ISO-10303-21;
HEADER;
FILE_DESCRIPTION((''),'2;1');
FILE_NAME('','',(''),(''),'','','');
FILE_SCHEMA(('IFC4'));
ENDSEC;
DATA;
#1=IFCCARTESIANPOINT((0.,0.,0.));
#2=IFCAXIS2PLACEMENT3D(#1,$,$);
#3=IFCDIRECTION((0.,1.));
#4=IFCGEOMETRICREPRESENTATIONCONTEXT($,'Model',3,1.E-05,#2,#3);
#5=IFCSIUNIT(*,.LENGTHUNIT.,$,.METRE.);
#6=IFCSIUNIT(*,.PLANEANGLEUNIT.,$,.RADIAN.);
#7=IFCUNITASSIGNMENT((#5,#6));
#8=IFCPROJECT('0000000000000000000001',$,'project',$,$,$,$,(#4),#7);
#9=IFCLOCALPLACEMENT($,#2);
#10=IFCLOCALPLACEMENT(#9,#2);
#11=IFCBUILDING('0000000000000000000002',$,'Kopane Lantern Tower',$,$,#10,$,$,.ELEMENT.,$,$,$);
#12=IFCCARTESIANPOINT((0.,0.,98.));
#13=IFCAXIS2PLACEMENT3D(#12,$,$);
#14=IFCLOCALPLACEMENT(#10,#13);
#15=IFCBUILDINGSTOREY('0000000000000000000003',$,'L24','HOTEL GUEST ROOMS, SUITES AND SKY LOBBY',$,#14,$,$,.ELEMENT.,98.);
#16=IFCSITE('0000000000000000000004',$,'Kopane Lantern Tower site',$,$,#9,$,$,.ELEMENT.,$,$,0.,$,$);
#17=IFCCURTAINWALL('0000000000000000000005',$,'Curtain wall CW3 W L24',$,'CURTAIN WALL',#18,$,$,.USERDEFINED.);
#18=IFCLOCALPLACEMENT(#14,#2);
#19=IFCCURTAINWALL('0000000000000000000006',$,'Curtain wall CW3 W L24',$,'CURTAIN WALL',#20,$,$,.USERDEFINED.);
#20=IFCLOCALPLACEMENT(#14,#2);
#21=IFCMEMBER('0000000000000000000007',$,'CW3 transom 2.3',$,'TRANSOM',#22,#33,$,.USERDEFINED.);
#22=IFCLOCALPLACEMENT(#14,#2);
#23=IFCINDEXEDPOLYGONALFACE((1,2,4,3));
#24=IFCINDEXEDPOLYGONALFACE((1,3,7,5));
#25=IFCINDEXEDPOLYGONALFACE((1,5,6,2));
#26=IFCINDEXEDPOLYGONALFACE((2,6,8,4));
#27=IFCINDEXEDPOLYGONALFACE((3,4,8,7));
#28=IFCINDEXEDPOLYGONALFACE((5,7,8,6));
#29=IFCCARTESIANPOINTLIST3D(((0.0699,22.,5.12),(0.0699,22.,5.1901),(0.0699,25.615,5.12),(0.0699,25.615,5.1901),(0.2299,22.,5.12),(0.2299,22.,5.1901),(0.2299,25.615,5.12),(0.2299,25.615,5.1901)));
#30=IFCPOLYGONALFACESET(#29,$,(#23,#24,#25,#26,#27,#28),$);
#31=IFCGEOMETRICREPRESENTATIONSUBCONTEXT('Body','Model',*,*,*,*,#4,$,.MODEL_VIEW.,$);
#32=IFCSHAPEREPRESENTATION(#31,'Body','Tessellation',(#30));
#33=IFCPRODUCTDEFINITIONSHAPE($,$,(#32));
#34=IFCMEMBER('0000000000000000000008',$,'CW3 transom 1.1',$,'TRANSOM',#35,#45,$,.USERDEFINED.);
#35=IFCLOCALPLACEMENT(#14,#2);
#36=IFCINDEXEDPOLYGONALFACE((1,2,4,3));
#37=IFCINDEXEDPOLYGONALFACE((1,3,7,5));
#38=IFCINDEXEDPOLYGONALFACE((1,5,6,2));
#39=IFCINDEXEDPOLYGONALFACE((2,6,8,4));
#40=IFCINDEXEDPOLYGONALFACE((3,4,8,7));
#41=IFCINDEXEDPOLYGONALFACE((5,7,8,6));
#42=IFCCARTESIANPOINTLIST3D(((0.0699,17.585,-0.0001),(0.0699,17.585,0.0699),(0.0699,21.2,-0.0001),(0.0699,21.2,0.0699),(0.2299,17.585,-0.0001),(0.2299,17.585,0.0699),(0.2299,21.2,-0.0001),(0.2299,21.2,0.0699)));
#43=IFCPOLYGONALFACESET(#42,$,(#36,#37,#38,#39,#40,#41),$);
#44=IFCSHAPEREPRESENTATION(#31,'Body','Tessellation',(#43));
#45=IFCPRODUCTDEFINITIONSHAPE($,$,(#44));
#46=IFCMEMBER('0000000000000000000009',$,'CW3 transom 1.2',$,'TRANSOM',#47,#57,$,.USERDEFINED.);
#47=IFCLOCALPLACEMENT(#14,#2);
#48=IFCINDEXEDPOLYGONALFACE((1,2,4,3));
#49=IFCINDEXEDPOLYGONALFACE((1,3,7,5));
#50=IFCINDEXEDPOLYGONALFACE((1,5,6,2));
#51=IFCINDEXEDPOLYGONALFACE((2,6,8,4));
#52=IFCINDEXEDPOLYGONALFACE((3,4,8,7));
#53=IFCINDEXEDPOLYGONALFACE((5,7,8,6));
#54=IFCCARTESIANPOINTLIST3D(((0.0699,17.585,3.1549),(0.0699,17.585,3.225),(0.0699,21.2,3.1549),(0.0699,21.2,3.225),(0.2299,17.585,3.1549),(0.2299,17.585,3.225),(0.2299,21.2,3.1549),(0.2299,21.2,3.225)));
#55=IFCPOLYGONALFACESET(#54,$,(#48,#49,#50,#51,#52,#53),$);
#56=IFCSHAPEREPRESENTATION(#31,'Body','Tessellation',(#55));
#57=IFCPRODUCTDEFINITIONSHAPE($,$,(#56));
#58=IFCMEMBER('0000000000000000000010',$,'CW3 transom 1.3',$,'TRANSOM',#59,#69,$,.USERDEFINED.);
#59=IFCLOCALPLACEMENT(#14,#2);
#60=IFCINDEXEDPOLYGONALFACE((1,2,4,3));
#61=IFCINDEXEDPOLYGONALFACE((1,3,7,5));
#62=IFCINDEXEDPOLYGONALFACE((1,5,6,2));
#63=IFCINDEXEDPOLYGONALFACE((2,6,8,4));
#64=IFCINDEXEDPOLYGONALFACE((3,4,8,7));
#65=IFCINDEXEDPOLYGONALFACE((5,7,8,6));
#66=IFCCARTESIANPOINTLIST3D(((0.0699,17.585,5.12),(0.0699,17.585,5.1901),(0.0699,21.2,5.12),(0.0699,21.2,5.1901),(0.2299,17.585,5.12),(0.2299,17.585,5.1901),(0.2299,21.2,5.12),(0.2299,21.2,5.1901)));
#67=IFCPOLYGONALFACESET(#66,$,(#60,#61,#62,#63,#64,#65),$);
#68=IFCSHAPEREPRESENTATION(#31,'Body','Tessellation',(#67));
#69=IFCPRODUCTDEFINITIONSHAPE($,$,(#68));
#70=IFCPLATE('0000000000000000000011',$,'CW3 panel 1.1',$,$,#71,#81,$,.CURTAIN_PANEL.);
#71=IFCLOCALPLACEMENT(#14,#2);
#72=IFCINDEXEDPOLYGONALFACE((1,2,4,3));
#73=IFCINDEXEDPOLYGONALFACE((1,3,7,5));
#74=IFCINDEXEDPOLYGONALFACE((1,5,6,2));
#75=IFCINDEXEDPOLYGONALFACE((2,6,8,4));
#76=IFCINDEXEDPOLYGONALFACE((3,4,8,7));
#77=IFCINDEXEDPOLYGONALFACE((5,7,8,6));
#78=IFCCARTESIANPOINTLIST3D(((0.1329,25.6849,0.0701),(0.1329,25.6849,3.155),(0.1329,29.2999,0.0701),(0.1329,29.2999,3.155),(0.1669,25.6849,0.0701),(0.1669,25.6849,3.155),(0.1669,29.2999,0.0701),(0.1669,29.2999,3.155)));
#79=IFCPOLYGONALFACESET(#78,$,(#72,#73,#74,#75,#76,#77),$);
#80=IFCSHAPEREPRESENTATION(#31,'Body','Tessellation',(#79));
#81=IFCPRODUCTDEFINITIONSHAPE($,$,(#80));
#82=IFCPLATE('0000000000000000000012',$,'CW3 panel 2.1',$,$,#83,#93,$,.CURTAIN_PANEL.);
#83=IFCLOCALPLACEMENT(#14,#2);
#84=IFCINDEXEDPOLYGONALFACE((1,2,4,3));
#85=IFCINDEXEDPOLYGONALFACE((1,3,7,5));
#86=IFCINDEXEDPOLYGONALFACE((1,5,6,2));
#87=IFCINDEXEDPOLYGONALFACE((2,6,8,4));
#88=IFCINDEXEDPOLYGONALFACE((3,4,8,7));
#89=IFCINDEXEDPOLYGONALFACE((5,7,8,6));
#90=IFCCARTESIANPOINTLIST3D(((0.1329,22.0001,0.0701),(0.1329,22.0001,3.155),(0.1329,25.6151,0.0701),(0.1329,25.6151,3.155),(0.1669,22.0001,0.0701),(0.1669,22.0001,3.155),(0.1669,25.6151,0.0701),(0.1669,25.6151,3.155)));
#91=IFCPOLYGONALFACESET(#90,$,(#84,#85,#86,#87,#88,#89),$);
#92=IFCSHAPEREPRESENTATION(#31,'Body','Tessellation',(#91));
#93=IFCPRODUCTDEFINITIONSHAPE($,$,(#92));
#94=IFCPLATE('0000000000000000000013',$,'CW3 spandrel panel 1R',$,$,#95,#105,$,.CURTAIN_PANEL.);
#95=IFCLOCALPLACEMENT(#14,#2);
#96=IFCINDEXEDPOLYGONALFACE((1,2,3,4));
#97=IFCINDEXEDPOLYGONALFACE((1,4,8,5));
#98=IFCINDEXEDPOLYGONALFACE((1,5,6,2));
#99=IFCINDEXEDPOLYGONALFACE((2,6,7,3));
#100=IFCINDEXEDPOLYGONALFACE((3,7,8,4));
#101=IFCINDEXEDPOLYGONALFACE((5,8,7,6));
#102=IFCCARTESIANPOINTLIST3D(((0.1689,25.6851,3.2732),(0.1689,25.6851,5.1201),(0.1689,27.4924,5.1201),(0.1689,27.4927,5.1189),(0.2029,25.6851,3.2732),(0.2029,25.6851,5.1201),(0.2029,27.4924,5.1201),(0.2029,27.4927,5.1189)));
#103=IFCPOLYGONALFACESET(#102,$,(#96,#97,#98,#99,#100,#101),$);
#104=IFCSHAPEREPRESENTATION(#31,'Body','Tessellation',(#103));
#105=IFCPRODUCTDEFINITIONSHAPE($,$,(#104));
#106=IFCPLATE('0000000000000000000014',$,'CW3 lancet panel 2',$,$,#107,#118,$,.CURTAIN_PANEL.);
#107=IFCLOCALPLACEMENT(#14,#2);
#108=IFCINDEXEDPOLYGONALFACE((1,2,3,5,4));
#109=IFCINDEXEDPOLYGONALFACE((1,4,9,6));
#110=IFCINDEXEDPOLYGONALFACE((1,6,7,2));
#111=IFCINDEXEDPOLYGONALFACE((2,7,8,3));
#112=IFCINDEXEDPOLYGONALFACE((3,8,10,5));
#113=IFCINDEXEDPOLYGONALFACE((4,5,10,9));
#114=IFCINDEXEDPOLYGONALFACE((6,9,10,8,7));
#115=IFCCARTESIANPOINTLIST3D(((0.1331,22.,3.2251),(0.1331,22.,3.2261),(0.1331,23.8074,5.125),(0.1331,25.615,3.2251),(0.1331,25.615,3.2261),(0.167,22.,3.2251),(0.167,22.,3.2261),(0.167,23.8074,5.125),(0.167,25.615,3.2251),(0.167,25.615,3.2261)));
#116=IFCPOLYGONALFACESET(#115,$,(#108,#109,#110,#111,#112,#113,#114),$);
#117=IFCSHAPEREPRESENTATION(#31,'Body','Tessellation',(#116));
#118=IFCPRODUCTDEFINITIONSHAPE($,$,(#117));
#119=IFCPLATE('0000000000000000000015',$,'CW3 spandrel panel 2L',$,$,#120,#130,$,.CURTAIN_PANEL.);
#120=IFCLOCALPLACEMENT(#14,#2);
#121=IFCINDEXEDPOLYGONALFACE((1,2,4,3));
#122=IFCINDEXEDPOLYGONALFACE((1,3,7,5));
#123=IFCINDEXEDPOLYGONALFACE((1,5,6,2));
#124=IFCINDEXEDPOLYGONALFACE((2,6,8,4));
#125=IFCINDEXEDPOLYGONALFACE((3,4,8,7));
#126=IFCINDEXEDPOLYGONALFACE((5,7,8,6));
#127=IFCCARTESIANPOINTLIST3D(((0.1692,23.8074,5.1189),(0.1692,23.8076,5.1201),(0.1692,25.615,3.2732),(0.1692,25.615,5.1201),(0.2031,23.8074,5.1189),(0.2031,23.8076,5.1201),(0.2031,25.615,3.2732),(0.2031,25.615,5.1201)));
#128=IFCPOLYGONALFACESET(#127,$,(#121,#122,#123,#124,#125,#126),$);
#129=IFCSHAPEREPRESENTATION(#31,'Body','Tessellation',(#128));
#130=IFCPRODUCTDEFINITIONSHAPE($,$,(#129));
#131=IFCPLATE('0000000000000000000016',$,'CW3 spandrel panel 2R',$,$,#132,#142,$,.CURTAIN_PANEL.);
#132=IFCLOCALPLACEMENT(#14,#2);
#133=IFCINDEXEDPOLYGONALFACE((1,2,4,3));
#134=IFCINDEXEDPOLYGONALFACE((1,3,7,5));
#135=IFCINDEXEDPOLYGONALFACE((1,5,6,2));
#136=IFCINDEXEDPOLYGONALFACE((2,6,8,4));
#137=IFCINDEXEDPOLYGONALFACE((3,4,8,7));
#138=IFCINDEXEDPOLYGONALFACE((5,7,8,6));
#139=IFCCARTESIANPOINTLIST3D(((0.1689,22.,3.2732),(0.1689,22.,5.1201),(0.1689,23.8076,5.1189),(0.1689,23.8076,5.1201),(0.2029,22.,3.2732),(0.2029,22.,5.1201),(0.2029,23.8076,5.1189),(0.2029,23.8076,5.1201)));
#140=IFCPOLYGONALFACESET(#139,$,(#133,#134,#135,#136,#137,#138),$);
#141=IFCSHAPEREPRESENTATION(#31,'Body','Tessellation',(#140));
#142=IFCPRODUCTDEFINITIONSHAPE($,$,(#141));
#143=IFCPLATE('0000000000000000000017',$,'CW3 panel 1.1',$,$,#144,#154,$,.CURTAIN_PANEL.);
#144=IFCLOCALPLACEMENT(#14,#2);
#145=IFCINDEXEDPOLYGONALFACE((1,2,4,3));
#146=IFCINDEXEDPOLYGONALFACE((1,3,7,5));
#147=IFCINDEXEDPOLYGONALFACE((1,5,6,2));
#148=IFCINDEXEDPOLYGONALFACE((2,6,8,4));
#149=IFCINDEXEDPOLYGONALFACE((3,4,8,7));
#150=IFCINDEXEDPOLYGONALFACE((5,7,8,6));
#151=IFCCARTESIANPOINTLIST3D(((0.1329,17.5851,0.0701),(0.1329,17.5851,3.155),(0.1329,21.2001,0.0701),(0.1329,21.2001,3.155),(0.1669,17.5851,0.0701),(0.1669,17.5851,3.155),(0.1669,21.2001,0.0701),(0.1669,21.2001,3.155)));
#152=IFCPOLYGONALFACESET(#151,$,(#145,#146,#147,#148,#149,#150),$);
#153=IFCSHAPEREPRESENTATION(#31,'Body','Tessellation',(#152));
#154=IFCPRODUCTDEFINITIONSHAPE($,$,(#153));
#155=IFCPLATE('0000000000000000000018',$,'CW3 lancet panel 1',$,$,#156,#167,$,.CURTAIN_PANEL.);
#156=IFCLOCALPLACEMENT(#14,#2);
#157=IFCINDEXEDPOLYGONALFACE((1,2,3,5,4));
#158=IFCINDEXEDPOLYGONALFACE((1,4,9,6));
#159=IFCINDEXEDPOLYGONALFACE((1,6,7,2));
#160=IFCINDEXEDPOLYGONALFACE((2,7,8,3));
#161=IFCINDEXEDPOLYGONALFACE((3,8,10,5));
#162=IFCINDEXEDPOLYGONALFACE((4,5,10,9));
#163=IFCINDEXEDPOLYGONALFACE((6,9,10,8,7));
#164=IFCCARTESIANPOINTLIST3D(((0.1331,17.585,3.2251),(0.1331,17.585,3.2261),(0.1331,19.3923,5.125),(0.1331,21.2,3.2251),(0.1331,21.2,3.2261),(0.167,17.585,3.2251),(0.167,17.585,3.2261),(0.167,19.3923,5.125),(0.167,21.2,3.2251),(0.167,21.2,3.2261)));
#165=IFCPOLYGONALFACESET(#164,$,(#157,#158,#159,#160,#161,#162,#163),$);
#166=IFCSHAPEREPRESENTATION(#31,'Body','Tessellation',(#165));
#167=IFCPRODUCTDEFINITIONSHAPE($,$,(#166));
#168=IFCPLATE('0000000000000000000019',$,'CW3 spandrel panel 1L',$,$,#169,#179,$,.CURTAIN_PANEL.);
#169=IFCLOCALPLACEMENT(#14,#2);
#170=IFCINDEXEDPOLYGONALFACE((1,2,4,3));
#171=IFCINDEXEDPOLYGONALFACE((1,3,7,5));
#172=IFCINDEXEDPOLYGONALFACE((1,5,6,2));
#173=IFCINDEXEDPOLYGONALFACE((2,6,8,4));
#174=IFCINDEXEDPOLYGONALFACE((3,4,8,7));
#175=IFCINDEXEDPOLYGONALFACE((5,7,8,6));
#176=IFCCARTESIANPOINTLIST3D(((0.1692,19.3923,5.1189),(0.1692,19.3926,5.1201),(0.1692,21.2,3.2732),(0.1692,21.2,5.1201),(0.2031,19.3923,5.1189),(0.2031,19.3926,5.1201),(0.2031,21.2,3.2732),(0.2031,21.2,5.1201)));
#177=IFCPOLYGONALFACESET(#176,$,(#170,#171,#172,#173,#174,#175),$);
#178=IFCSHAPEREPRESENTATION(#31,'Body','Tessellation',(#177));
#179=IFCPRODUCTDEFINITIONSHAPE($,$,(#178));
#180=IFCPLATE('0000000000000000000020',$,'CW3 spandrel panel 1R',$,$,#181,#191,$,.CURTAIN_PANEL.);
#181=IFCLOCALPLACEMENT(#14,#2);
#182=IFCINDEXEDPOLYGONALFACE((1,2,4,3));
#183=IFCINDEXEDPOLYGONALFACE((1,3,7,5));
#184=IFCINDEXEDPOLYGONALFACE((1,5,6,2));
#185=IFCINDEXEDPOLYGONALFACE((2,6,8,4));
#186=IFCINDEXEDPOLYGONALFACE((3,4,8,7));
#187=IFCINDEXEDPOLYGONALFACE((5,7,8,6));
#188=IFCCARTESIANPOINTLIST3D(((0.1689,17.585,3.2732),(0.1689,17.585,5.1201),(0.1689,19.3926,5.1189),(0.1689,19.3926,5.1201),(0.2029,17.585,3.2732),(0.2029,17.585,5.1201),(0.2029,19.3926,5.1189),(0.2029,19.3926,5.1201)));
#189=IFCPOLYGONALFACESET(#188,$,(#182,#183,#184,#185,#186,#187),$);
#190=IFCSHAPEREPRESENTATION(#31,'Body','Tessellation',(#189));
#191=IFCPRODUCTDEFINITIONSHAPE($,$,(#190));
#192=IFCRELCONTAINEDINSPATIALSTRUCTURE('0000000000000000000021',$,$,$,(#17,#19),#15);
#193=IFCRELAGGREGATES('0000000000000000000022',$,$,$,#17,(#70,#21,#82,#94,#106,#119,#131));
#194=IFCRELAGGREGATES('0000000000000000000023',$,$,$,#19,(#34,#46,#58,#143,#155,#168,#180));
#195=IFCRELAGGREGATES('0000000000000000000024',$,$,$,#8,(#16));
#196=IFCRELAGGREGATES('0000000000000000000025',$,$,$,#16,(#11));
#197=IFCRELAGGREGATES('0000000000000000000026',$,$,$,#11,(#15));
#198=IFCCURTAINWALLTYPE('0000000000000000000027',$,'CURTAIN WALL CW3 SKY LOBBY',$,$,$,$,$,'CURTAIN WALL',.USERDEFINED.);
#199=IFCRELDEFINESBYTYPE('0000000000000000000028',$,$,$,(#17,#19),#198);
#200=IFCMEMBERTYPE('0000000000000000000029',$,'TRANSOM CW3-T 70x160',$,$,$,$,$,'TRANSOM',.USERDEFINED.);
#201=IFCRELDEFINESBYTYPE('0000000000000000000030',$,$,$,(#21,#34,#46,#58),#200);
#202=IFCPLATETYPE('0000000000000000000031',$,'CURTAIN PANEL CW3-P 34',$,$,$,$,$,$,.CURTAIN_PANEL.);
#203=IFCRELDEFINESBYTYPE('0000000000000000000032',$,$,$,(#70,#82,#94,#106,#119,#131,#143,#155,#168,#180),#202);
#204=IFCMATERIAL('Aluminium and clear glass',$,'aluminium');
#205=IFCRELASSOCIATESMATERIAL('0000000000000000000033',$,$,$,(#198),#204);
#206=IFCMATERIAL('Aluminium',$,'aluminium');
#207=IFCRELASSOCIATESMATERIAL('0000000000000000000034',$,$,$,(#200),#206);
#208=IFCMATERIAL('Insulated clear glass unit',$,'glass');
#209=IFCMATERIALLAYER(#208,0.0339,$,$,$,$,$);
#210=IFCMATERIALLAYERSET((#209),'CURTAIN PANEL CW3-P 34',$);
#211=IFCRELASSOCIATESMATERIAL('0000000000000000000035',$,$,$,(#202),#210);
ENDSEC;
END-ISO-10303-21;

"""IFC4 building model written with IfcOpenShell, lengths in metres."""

from ifc_helpers import new_model, si_unit, direction, frame, origin, origin_2d, place, context, subcontext, project, spatial, polyline, rectangle, outline, extrude, material, layer, layer_set, material_profile, profile_set, type_object, element, aggregate, save


model = new_model("IFC4")

# Units and contexts
model_context = context("Model", 3, precision=1e-05, world=origin(), true_north=direction((0.0, 1.0)))
body_context = subcontext(model_context, "Body", "Model", "MODEL_VIEW")
ifc_project = project(units=[si_unit("LENGTHUNIT", "METRE"), si_unit("PLANEANGLEUNIT", "RADIAN")], contexts=[model_context])

# Site, building, storey
site_placement = place(None, origin())
site = spatial("IfcSite", under=ifc_project, at=site_placement, Name="Kopane Lantern Tower site", CompositionType="ELEMENT", RefElevation=0.0)
building_placement = place(site_placement, origin())
building = spatial("IfcBuilding", under=site, at=building_placement, Name="Kopane Lantern Tower", CompositionType="ELEMENT")
storey_placement = place(building_placement, frame((0.0, 0.0, 98.0)))
storey = spatial("IfcBuildingStorey", under=building, at=storey_placement, Name="L24", Description="HOTEL GUEST ROOMS, SUITES AND SKY LOBBY", CompositionType="ELEMENT", Elevation=98.0)

# Curtain walls
ifc_material_1 = material(Name="Aluminium and clear glass", Category="aluminium")
curtain_wall_type = type_object("IfcCurtainWallType", Name="CURTAIN WALL CW3 SKY LOBBY", ElementType="CURTAIN WALL", PredefinedType="USERDEFINED", material=ifc_material_1)
curtain_wall_1_placement = place(storey_placement, origin())
curtain_wall_1 = element("IfcCurtainWall", 1, at=curtain_wall_1_placement, inside=storey, type_object=curtain_wall_type, Name="Curtain wall CW3 W L24", ObjectType="CURTAIN WALL", PredefinedType="USERDEFINED")
curtain_wall_2_placement = place(storey_placement, origin())
curtain_wall_2 = element("IfcCurtainWall", 2, at=curtain_wall_2_placement, inside=storey, type_object=curtain_wall_type, Name="Curtain wall CW3 W L24", ObjectType="CURTAIN WALL", PredefinedType="USERDEFINED")

# Members
ifc_material_2 = material(Name="Aluminium", Category="aluminium")
ifc_material_profile_1 = material_profile(ifc_material_2, rectangle(XDim=0.1599, YDim=0.0701, at=origin_2d()), Name="AL 160x70")
ifc_profile_set_1 = profile_set([ifc_material_profile_1], Name="Aluminium")
member_type_1 = type_object("IfcMemberType", Name="TRANSOM CW3-T 70x160", ElementType="TRANSOM", PredefinedType="USERDEFINED", material=ifc_profile_set_1)
member_1_placement = place(storey_placement, frame((0.1499, 25.615, 5.155), z_axis=(0.0, -1.0, 0.0), x_axis=(1.0, 0.0, 0.0)))
member_1 = element("IfcMember", 3, at=member_1_placement, type_object=member_type_1, Name="CW3 transom 2.3", ObjectType="TRANSOM", PredefinedType="USERDEFINED", context=body_context, shape_type="SweptSolid", body=[
    extrude(rectangle(XDim=0.1599, YDim=0.0701, at=origin_2d()), origin(), (0.0, 0.0, 1.0), 3.615),
])
member_2_placement = place(storey_placement, frame((0.1499, 21.2, 0.0349), z_axis=(0.0, -1.0, 0.0), x_axis=(1.0, 0.0, 0.0)))
member_2 = element("IfcMember", 4, at=member_2_placement, type_object=member_type_1, Name="CW3 transom 1.1", ObjectType="TRANSOM", PredefinedType="USERDEFINED", context=body_context, shape_type="SweptSolid", body=[
    extrude(rectangle(XDim=0.1599, YDim=0.0701, at=origin_2d()), origin(), (0.0, 0.0, 1.0), 3.615),
])
member_3_placement = place(storey_placement, frame((0.1499, 21.2, 3.1899), z_axis=(0.0, -1.0, 0.0), x_axis=(1.0, 0.0, 0.0)))
member_3 = element("IfcMember", 5, at=member_3_placement, type_object=member_type_1, Name="CW3 transom 1.2", ObjectType="TRANSOM", PredefinedType="USERDEFINED", context=body_context, shape_type="SweptSolid", body=[
    extrude(rectangle(XDim=0.1599, YDim=0.0701, at=origin_2d()), origin(), (0.0, 0.0, 1.0), 3.615),
])
member_4_placement = place(storey_placement, frame((0.1499, 21.2, 5.155), z_axis=(0.0, -1.0, 0.0), x_axis=(1.0, 0.0, 0.0)))
member_4 = element("IfcMember", 6, at=member_4_placement, type_object=member_type_1, Name="CW3 transom 1.3", ObjectType="TRANSOM", PredefinedType="USERDEFINED", context=body_context, shape_type="SweptSolid", body=[
    extrude(rectangle(XDim=0.1599, YDim=0.0701, at=origin_2d()), origin(), (0.0, 0.0, 1.0), 3.615),
])

# Plates
ifc_material_3 = material(Name="Insulated clear glass unit", Category="glass")
ifc_layer_1 = layer(ifc_material_3, 0.0339)
ifc_layer_set_1 = layer_set([ifc_layer_1], Name="CURTAIN PANEL CW3-P 34")
plate_type = type_object("IfcPlateType", Name="CURTAIN PANEL CW3-P 34", PredefinedType="CURTAIN_PANEL", material=ifc_layer_set_1)
plate_1_placement = place(storey_placement, frame((0.1499, 27.4924, 0.0701), z_axis=(0.0, 0.0, 1.0), x_axis=(0.0, -1.0, 0.0)))
plate_1 = element("IfcPlate", 7, at=plate_1_placement, type_object=plate_type, Name="CW3 panel 1.1", PredefinedType="CURTAIN_PANEL", context=body_context, shape_type="SweptSolid", body=[
    extrude(rectangle(XDim=3.615, YDim=0.0339, at=origin_2d()), origin(), (0.0, 0.0, 1.0), 3.085),
])
plate_2_placement = place(storey_placement, frame((0.1499, 23.8076, 0.0701), z_axis=(0.0, 0.0, 1.0), x_axis=(0.0, -1.0, 0.0)))
plate_2 = element("IfcPlate", 8, at=plate_2_placement, type_object=plate_type, Name="CW3 panel 2.1", PredefinedType="CURTAIN_PANEL", context=body_context, shape_type="SweptSolid", body=[
    extrude(rectangle(XDim=3.615, YDim=0.0339, at=origin_2d()), origin(), (0.0, 0.0, 1.0), 3.085),
])
plate_3_placement = place(storey_placement, frame((0.186, 25.6851, 5.1201), z_axis=(0.0, 0.0, 1.0), x_axis=(0.0, 1.0, 0.0)))
plate_3 = element("IfcPlate", 9, at=plate_3_placement, type_object=plate_type, Name="CW3 spandrel panel 1R", PredefinedType="CURTAIN_PANEL", context=body_context, shape_type="SweptSolid", body=[
    extrude(outline(polyline([(0.0, 0.0), (1.8074, 0.0), (1.8076, -0.0012), (0.0, -1.8469), (0.0, 0.0)])), frame((0.0, 0.0171, 0.0), z_axis=(0.0, -1.0, 0.0), x_axis=(1.0, 0.0, 0.0)), (0.0, 0.0, 1.0), 0.0339),
])
plate_4_placement = place(storey_placement, frame((0.1499, 25.615, 3.2251), z_axis=(0.0, 0.0, 1.0), x_axis=(0.0, -1.0, 0.0)))
plate_4 = element("IfcPlate", 10, at=plate_4_placement, type_object=plate_type, Name="CW3 lancet panel 2", PredefinedType="CURTAIN_PANEL", context=body_context, shape_type="SweptSolid", body=[
    extrude(outline(polyline([(0.0, 0.0), (3.615, 0.0), (3.615, 0.001), (1.8076, 1.8999), (0.0, 0.001), (0.0, 0.0)])), frame((0.0, 0.0171, 0.0), z_axis=(0.0, -1.0, 0.0), x_axis=(1.0, 0.0, 0.0)), (0.0, 0.0, 1.0), 0.0339),
])
plate_5_placement = place(storey_placement, frame((0.186, 25.615, 5.1201), z_axis=(0.0, 0.0, 1.0), x_axis=(0.0, -1.0, 0.0)))
plate_5 = element("IfcPlate", 11, at=plate_5_placement, type_object=plate_type, Name="CW3 spandrel panel 2L", PredefinedType="CURTAIN_PANEL", context=body_context, shape_type="SweptSolid", body=[
    extrude(outline(polyline([(0.0, 0.0), (1.8074, 0.0), (1.8076, -0.0012), (0.0, -1.8469), (0.0, 0.0)])), frame((0.0, 0.0171, 0.0), z_axis=(0.0, -1.0, 0.0), x_axis=(1.0, 0.0, 0.0)), (0.0, 0.0, 1.0), 0.0339),
])
plate_6_placement = place(storey_placement, frame((0.186, 22.0, 5.1201), z_axis=(0.0, 0.0, 1.0), x_axis=(0.0, 1.0, 0.0)))
plate_6 = element("IfcPlate", 12, at=plate_6_placement, type_object=plate_type, Name="CW3 spandrel panel 2R", PredefinedType="CURTAIN_PANEL", context=body_context, shape_type="SweptSolid", body=[
    extrude(outline(polyline([(0.0, 0.0), (1.8076, 0.0), (1.8076, -0.0012), (0.0, -1.8469), (0.0, 0.0)])), frame((0.0, 0.0171, 0.0), z_axis=(0.0, -1.0, 0.0), x_axis=(1.0, 0.0, 0.0)), (0.0, 0.0, 1.0), 0.0339),
])
aggregate(curtain_wall_1, [plate_1, member_1, plate_2, plate_3, plate_4, plate_5, plate_6])
plate_7_placement = place(storey_placement, frame((0.1499, 19.3926, 0.0701), z_axis=(0.0, 0.0, 1.0), x_axis=(0.0, -1.0, 0.0)))
plate_7 = element("IfcPlate", 13, at=plate_7_placement, type_object=plate_type, Name="CW3 panel 1.1", PredefinedType="CURTAIN_PANEL", context=body_context, shape_type="SweptSolid", body=[
    extrude(rectangle(XDim=3.615, YDim=0.0339, at=origin_2d()), origin(), (0.0, 0.0, 1.0), 3.085),
])
plate_8_placement = place(storey_placement, frame((0.1499, 21.2, 3.2251), z_axis=(0.0, 0.0, 1.0), x_axis=(0.0, -1.0, 0.0)))
plate_8 = element("IfcPlate", 14, at=plate_8_placement, type_object=plate_type, Name="CW3 lancet panel 1", PredefinedType="CURTAIN_PANEL", context=body_context, shape_type="SweptSolid", body=[
    extrude(outline(polyline([(0.0, 0.0), (3.615, 0.0), (3.615, 0.001), (1.8076, 1.8999), (0.0, 0.001), (0.0, 0.0)])), frame((0.0, 0.0171, 0.0), z_axis=(0.0, -1.0, 0.0), x_axis=(1.0, 0.0, 0.0)), (0.0, 0.0, 1.0), 0.0339),
])
plate_9_placement = place(storey_placement, frame((0.186, 21.2, 5.1201), z_axis=(0.0, 0.0, 1.0), x_axis=(0.0, -1.0, 0.0)))
plate_9 = element("IfcPlate", 15, at=plate_9_placement, type_object=plate_type, Name="CW3 spandrel panel 1L", PredefinedType="CURTAIN_PANEL", context=body_context, shape_type="SweptSolid", body=[
    extrude(outline(polyline([(0.0, 0.0), (1.8074, 0.0), (1.8076, -0.0012), (0.0, -1.8469), (0.0, 0.0)])), frame((0.0, 0.0171, 0.0), z_axis=(0.0, -1.0, 0.0), x_axis=(1.0, 0.0, 0.0)), (0.0, 0.0, 1.0), 0.0339),
])
plate_10_placement = place(storey_placement, frame((0.186, 17.585, 5.1201), z_axis=(0.0, 0.0, 1.0), x_axis=(0.0, 1.0, 0.0)))
plate_10 = element("IfcPlate", 16, at=plate_10_placement, type_object=plate_type, Name="CW3 spandrel panel 1R", PredefinedType="CURTAIN_PANEL", context=body_context, shape_type="SweptSolid", body=[
    extrude(outline(polyline([(0.0, 0.0), (1.8076, 0.0), (1.8076, -0.0012), (0.0, -1.8469), (0.0, 0.0)])), frame((0.0, 0.0171, 0.0), z_axis=(0.0, -1.0, 0.0), x_axis=(1.0, 0.0, 0.0)), (0.0, 0.0, 1.0), 0.0339),
])
aggregate(curtain_wall_2, [member_2, member_3, member_4, plate_7, plate_8, plate_9, plate_10])

save(model, "model.ifc")
